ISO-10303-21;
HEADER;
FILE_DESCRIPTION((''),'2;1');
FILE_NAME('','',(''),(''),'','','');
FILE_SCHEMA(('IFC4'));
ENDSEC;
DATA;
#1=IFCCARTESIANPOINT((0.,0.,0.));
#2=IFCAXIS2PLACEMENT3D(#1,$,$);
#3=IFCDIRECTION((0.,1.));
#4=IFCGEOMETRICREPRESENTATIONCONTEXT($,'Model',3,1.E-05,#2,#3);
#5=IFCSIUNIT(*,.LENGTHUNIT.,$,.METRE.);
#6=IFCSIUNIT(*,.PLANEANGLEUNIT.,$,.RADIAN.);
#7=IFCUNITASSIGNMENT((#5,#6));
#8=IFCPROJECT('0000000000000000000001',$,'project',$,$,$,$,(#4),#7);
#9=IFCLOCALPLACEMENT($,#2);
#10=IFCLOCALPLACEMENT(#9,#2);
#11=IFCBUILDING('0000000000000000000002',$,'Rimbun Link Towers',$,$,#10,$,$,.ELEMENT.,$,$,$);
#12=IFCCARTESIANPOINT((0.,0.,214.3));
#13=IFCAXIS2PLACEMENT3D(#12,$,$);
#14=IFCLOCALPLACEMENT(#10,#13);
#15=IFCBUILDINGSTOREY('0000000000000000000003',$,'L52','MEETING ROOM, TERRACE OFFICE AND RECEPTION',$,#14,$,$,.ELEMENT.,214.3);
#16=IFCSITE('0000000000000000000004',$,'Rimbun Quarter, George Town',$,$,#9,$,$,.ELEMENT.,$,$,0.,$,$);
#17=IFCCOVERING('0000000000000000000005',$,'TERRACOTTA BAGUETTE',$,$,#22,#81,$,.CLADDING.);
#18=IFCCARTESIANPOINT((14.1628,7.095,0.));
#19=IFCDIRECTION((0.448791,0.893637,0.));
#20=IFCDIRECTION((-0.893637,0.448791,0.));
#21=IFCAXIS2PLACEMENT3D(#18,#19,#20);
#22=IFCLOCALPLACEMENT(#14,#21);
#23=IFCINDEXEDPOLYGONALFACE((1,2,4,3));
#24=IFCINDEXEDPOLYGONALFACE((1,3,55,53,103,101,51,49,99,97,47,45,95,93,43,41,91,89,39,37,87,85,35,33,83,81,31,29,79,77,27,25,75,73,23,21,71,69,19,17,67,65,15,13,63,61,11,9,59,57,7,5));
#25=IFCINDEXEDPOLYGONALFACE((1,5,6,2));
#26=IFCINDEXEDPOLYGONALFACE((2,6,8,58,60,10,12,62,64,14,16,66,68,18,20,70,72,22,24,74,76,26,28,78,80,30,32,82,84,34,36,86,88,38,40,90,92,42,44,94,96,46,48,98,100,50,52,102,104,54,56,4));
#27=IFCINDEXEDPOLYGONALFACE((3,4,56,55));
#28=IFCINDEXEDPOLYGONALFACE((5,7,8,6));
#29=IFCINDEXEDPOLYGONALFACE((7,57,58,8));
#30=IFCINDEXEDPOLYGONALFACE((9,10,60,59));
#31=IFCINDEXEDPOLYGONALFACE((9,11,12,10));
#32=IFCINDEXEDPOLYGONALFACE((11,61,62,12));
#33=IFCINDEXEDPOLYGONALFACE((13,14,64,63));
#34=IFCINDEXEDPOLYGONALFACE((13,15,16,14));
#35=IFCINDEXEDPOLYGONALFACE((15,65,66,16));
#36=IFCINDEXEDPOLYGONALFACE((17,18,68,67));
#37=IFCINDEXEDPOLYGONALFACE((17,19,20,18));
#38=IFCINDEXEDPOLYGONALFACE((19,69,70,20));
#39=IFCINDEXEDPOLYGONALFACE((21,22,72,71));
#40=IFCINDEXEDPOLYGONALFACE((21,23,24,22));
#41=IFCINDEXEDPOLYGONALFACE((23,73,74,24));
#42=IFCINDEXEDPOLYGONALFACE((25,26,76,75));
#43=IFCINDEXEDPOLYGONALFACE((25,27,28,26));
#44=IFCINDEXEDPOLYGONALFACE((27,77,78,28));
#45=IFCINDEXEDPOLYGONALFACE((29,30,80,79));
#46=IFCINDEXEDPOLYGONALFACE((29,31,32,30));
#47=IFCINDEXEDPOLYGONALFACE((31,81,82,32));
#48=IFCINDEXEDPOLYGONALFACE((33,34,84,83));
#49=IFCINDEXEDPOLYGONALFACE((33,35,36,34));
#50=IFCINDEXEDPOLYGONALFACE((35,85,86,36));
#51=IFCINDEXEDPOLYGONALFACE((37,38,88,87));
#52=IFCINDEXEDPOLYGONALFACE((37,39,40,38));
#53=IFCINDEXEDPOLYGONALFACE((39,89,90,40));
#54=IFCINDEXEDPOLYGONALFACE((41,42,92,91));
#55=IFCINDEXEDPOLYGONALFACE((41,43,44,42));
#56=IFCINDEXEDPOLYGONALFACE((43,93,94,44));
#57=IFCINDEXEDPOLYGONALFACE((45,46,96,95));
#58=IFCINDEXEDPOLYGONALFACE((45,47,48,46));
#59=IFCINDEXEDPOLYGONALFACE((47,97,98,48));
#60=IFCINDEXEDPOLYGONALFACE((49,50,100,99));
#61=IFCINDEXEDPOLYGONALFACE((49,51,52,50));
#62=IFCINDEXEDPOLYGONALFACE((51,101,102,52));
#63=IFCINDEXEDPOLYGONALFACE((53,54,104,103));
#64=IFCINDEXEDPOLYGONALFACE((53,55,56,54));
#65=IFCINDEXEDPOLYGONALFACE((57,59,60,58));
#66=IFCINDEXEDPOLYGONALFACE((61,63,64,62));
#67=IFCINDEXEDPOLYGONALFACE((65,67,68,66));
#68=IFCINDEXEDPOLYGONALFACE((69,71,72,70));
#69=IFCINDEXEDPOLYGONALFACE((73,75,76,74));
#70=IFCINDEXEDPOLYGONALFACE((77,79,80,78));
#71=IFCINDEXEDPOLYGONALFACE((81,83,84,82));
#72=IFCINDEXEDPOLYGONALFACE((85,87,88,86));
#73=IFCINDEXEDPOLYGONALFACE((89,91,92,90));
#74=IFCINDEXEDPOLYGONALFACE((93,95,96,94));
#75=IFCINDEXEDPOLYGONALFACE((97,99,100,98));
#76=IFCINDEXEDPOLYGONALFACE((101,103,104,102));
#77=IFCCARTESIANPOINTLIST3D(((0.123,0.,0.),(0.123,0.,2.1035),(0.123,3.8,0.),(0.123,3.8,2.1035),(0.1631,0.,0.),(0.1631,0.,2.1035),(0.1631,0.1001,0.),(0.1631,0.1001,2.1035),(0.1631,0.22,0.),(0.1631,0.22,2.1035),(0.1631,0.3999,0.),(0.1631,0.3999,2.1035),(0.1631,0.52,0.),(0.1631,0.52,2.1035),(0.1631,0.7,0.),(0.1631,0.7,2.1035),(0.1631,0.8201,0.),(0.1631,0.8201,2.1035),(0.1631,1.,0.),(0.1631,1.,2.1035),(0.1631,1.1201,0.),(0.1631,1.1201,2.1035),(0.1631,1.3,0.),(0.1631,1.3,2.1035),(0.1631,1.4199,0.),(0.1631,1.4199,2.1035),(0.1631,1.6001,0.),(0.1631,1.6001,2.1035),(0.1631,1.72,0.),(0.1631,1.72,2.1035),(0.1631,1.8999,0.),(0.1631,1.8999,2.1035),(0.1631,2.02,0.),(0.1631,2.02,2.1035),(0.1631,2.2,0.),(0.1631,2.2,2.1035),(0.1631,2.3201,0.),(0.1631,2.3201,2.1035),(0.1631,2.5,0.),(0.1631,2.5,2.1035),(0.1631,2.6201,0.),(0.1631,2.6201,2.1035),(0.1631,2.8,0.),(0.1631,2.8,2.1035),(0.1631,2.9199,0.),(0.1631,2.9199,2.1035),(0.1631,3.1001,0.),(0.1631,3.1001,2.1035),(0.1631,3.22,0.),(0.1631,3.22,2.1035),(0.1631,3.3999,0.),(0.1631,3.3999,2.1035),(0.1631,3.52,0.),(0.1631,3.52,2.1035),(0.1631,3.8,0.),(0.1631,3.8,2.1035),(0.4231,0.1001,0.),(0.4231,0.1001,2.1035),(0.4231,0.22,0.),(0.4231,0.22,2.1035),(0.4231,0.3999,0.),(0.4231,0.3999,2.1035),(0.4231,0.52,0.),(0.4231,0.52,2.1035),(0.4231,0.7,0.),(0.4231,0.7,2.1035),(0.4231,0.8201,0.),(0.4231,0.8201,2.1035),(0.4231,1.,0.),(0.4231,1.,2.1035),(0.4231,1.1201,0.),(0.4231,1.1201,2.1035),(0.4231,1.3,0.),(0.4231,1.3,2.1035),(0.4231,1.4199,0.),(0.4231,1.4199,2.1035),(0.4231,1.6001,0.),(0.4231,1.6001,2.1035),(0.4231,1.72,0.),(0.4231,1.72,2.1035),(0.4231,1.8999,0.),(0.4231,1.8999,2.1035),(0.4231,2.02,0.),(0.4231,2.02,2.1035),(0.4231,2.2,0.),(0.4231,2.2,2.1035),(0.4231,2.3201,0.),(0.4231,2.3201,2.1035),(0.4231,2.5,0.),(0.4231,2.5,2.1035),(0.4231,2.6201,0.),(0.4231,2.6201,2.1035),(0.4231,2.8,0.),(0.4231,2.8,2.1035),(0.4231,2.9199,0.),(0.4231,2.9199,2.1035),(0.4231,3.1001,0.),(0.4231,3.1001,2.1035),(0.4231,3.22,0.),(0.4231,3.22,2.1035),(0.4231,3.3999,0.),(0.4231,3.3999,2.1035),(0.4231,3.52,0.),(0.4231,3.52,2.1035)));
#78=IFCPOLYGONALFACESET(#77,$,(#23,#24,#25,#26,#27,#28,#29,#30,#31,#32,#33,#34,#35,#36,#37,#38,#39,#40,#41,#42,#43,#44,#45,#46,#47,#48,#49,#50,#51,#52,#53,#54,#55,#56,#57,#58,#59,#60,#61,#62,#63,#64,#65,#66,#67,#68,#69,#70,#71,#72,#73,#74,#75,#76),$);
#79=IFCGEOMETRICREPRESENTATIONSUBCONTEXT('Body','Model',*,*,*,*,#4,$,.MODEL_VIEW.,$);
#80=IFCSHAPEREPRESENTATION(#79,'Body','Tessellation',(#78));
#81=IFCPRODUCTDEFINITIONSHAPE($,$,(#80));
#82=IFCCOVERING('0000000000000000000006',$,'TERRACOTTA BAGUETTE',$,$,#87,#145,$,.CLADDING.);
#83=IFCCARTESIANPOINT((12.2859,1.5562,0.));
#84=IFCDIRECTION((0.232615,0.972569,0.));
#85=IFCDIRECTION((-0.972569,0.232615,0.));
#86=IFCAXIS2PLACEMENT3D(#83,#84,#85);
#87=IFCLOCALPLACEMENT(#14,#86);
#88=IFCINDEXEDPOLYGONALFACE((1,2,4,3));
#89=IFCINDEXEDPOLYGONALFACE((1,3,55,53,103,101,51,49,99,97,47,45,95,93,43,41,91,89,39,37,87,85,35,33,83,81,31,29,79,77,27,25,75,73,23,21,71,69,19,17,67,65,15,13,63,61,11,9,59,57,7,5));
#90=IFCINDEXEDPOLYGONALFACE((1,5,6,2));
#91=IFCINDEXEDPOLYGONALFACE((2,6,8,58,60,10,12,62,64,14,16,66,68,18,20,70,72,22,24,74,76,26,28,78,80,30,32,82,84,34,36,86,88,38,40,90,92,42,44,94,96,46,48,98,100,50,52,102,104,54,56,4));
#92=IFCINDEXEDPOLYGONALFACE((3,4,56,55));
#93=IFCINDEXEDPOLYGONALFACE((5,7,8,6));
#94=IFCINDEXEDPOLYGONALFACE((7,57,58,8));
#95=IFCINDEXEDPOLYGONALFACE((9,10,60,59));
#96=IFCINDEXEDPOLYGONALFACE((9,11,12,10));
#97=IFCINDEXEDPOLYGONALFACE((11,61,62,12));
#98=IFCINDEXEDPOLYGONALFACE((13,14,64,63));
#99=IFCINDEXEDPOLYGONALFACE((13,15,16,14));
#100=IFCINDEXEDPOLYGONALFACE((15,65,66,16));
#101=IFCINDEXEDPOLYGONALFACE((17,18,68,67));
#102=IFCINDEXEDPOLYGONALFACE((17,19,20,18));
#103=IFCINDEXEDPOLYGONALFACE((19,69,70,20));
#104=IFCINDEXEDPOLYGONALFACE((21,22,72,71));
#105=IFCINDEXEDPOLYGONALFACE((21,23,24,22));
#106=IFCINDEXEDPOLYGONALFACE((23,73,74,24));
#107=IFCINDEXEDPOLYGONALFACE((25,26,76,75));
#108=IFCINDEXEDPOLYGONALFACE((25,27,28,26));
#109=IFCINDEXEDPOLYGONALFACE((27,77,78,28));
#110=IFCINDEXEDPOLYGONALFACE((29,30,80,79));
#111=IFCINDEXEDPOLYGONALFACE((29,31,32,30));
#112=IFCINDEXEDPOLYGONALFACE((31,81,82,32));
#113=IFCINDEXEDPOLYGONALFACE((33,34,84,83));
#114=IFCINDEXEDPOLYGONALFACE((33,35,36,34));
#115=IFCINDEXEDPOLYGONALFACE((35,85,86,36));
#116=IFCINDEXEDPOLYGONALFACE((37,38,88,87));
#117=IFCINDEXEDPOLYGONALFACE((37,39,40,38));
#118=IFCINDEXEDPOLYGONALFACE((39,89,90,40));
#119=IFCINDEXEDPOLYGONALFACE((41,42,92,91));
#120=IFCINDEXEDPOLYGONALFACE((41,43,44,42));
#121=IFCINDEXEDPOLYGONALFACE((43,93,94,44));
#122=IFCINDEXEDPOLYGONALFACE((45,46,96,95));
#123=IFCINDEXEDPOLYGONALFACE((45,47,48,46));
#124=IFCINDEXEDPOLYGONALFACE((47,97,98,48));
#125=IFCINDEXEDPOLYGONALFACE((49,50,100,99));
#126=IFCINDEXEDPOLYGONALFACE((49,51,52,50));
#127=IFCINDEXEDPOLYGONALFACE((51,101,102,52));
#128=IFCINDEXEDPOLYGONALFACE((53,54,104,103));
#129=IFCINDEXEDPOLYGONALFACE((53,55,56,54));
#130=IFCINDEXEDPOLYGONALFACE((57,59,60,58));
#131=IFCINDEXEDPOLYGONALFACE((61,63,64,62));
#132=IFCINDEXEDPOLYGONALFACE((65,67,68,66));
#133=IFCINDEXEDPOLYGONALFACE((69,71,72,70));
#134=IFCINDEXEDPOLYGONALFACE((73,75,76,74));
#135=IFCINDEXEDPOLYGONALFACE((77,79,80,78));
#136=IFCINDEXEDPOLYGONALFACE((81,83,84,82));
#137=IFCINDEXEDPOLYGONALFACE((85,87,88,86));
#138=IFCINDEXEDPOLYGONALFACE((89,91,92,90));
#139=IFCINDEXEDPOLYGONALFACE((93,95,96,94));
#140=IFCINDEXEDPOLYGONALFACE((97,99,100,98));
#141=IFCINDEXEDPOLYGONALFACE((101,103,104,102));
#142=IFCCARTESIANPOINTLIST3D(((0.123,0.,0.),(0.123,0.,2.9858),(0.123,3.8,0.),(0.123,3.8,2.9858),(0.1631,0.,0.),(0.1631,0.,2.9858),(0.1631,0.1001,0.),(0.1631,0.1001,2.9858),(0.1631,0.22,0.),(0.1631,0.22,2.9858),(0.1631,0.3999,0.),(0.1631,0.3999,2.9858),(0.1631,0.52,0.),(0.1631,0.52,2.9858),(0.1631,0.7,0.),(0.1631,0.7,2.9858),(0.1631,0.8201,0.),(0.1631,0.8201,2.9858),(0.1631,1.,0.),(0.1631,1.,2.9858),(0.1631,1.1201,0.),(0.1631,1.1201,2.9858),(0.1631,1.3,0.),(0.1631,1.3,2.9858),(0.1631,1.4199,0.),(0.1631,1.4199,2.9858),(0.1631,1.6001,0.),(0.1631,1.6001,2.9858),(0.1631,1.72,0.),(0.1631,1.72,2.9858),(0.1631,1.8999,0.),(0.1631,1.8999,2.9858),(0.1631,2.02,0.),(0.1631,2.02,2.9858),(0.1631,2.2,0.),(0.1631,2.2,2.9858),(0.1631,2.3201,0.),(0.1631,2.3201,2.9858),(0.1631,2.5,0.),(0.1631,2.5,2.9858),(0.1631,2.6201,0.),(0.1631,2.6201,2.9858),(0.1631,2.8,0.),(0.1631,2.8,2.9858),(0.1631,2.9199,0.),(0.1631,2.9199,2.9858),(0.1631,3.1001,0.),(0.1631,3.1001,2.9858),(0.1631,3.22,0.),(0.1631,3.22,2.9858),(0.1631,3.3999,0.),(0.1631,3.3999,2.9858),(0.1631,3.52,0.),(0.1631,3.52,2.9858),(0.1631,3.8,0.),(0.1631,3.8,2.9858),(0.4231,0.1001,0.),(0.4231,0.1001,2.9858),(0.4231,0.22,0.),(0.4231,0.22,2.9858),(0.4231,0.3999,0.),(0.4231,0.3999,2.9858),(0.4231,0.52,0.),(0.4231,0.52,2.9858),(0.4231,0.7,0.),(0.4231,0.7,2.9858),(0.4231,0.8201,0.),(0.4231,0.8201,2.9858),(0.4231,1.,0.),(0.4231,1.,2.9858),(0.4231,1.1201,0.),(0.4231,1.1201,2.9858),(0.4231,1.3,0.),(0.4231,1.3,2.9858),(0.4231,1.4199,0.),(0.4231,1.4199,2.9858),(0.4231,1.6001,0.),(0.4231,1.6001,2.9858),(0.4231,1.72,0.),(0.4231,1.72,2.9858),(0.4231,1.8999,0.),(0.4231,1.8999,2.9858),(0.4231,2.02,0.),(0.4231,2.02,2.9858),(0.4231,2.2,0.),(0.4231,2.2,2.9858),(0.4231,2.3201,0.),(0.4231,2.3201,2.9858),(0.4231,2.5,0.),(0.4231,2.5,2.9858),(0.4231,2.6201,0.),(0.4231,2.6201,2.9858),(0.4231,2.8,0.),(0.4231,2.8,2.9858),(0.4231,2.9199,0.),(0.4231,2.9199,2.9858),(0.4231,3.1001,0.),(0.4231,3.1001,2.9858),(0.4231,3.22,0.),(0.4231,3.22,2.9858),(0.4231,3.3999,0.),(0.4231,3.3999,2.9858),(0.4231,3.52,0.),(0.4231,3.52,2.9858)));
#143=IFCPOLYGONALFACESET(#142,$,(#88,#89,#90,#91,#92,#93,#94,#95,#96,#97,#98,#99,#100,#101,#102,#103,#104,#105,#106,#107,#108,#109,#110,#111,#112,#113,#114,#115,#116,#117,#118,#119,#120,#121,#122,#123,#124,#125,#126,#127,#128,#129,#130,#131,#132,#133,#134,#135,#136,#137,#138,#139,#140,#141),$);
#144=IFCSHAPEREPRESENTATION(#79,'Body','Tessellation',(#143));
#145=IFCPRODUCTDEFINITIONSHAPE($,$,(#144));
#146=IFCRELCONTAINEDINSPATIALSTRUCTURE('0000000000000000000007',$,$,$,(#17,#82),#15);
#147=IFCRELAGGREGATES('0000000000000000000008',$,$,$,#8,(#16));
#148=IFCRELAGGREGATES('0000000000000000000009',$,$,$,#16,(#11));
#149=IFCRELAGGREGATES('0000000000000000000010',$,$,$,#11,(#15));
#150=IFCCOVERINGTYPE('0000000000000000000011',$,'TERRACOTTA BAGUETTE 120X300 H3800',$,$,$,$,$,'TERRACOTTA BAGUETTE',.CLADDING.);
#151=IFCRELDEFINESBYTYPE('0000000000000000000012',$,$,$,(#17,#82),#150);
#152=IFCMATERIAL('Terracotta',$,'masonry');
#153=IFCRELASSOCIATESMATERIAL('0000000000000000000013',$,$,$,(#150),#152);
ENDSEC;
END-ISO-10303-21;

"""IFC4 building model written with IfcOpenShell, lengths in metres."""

from ifc_helpers import new_model, si_unit, direction, frame, origin, place, context, subcontext, project, spatial, polyline, outline, extrude, material, material_profile, profile_set, type_object, element, save


model = new_model("IFC4")

# Units and contexts
model_context = context("Model", 3, precision=1e-05, world=origin(), true_north=direction((0.0, 1.0)))
body_context = subcontext(model_context, "Body", "Model", "MODEL_VIEW")
ifc_project = project(units=[si_unit("LENGTHUNIT", "METRE"), si_unit("PLANEANGLEUNIT", "RADIAN")], contexts=[model_context])

# Site, building, storey
site_placement = place(None, origin())
site = spatial("IfcSite", under=ifc_project, at=site_placement, Name="Rimbun Quarter, George Town", CompositionType="ELEMENT", RefElevation=0.0)
building_placement = place(site_placement, origin())
building = spatial("IfcBuilding", under=site, at=building_placement, Name="Rimbun Link Towers", CompositionType="ELEMENT")
storey_placement = place(building_placement, frame((0.0, 0.0, 214.3)))
storey = spatial("IfcBuildingStorey", under=building, at=storey_placement, Name="L52", Description="MEETING ROOM, TERRACE OFFICE AND RECEPTION", CompositionType="ELEMENT", Elevation=214.3)

# Coverings
ifc_material_1 = material(Name="Terracotta", Category="masonry")
ifc_material_profile_1 = material_profile(ifc_material_1, outline(polyline([(0.123, 0.0), (0.1631, 0.0), (0.1631, 0.1001), (0.4231, 0.1001), (0.4231, 0.22), (0.1631, 0.22), (0.1631, 0.3999), (0.4231, 0.3999), (0.4231, 0.52), (0.1631, 0.52), (0.1631, 0.7), (0.4231, 0.7), (0.4231, 0.8201), (0.1631, 0.8201), (0.1631, 1.0), (0.4231, 1.0), (0.4231, 1.1201), (0.1631, 1.1201), (0.1631, 1.3), (0.4231, 1.3), (0.4231, 1.4199), (0.1631, 1.4199), (0.1631, 1.6001), (0.4231, 1.6001), (0.4231, 1.72), (0.1631, 1.72), (0.1631, 1.8999), (0.4231, 1.8999), (0.4231, 2.02), (0.1631, 2.02), (0.1631, 2.2), (0.4231, 2.2), (0.4231, 2.3201), (0.1631, 2.3201), (0.1631, 2.5), (0.4231, 2.5), (0.4231, 2.6201), (0.1631, 2.6201), (0.1631, 2.8), (0.4231, 2.8), (0.4231, 2.9199), (0.1631, 2.9199), (0.1631, 3.1001), (0.4231, 3.1001), (0.4231, 3.22), (0.1631, 3.22), (0.1631, 3.3999), (0.4231, 3.3999), (0.4231, 3.52), (0.1631, 3.52), (0.1631, 3.8), (0.123, 3.8), (0.123, 0.0)])), Name="BAGUETTE 120X300")
ifc_profile_set_1 = profile_set([ifc_material_profile_1], Name="Terracotta")
covering_type_1 = type_object("IfcCoveringType", Name="TERRACOTTA BAGUETTE 120X300 H3800", ElementType="TERRACOTTA BAGUETTE", PredefinedType="CLADDING", material=ifc_profile_set_1)
covering_1_placement = place(storey_placement, frame((14.1628, 7.095, 0.0), z_axis=(0.448791, 0.893637, 0.0), x_axis=(-0.893637, 0.448791, 0.0)))
element("IfcCovering", 1, at=covering_1_placement, inside=storey, type_object=covering_type_1, Name="TERRACOTTA BAGUETTE", PredefinedType="CLADDING", context=body_context, shape_type="SweptSolid", body=[
    extrude(outline(polyline([(0.123, 0.0), (0.1631, 0.0), (0.1631, 0.1001), (0.4231, 0.1001), (0.4231, 0.22), (0.1631, 0.22), (0.1631, 0.3999), (0.4231, 0.3999), (0.4231, 0.52), (0.1631, 0.52), (0.1631, 0.7), (0.4231, 0.7), (0.4231, 0.8201), (0.1631, 0.8201), (0.1631, 1.0), (0.4231, 1.0), (0.4231, 1.1201), (0.1631, 1.1201), (0.1631, 1.3), (0.4231, 1.3), (0.4231, 1.4199), (0.1631, 1.4199), (0.1631, 1.6001), (0.4231, 1.6001), (0.4231, 1.72), (0.1631, 1.72), (0.1631, 1.8999), (0.4231, 1.8999), (0.4231, 2.02), (0.1631, 2.02), (0.1631, 2.2), (0.4231, 2.2), (0.4231, 2.3201), (0.1631, 2.3201), (0.1631, 2.5), (0.4231, 2.5), (0.4231, 2.6201), (0.1631, 2.6201), (0.1631, 2.8), (0.4231, 2.8), (0.4231, 2.9199), (0.1631, 2.9199), (0.1631, 3.1001), (0.4231, 3.1001), (0.4231, 3.22), (0.1631, 3.22), (0.1631, 3.3999), (0.4231, 3.3999), (0.4231, 3.52), (0.1631, 3.52), (0.1631, 3.8), (0.123, 3.8), (0.123, 0.0)])), origin(), (0.0, 0.0, 1.0), 2.1035),
])
covering_2_placement = place(storey_placement, frame((12.2859, 1.5562, 0.0), z_axis=(0.232615, 0.972569, 0.0), x_axis=(-0.972569, 0.232615, 0.0)))
element("IfcCovering", 2, at=covering_2_placement, inside=storey, type_object=covering_type_1, Name="TERRACOTTA BAGUETTE", PredefinedType="CLADDING", context=body_context, shape_type="SweptSolid", body=[
    extrude(outline(polyline([(0.123, 0.0), (0.1631, 0.0), (0.1631, 0.1001), (0.4231, 0.1001), (0.4231, 0.22), (0.1631, 0.22), (0.1631, 0.3999), (0.4231, 0.3999), (0.4231, 0.52), (0.1631, 0.52), (0.1631, 0.7), (0.4231, 0.7), (0.4231, 0.8201), (0.1631, 0.8201), (0.1631, 1.0), (0.4231, 1.0), (0.4231, 1.1201), (0.1631, 1.1201), (0.1631, 1.3), (0.4231, 1.3), (0.4231, 1.4199), (0.1631, 1.4199), (0.1631, 1.6001), (0.4231, 1.6001), (0.4231, 1.72), (0.1631, 1.72), (0.1631, 1.8999), (0.4231, 1.8999), (0.4231, 2.02), (0.1631, 2.02), (0.1631, 2.2), (0.4231, 2.2), (0.4231, 2.3201), (0.1631, 2.3201), (0.1631, 2.5), (0.4231, 2.5), (0.4231, 2.6201), (0.1631, 2.6201), (0.1631, 2.8), (0.4231, 2.8), (0.4231, 2.9199), (0.1631, 2.9199), (0.1631, 3.1001), (0.4231, 3.1001), (0.4231, 3.22), (0.1631, 3.22), (0.1631, 3.3999), (0.4231, 3.3999), (0.4231, 3.52), (0.1631, 3.52), (0.1631, 3.8), (0.123, 3.8), (0.123, 0.0)])), origin(), (0.0, 0.0, 1.0), 2.9858),
])

save(model, "model.ifc")
